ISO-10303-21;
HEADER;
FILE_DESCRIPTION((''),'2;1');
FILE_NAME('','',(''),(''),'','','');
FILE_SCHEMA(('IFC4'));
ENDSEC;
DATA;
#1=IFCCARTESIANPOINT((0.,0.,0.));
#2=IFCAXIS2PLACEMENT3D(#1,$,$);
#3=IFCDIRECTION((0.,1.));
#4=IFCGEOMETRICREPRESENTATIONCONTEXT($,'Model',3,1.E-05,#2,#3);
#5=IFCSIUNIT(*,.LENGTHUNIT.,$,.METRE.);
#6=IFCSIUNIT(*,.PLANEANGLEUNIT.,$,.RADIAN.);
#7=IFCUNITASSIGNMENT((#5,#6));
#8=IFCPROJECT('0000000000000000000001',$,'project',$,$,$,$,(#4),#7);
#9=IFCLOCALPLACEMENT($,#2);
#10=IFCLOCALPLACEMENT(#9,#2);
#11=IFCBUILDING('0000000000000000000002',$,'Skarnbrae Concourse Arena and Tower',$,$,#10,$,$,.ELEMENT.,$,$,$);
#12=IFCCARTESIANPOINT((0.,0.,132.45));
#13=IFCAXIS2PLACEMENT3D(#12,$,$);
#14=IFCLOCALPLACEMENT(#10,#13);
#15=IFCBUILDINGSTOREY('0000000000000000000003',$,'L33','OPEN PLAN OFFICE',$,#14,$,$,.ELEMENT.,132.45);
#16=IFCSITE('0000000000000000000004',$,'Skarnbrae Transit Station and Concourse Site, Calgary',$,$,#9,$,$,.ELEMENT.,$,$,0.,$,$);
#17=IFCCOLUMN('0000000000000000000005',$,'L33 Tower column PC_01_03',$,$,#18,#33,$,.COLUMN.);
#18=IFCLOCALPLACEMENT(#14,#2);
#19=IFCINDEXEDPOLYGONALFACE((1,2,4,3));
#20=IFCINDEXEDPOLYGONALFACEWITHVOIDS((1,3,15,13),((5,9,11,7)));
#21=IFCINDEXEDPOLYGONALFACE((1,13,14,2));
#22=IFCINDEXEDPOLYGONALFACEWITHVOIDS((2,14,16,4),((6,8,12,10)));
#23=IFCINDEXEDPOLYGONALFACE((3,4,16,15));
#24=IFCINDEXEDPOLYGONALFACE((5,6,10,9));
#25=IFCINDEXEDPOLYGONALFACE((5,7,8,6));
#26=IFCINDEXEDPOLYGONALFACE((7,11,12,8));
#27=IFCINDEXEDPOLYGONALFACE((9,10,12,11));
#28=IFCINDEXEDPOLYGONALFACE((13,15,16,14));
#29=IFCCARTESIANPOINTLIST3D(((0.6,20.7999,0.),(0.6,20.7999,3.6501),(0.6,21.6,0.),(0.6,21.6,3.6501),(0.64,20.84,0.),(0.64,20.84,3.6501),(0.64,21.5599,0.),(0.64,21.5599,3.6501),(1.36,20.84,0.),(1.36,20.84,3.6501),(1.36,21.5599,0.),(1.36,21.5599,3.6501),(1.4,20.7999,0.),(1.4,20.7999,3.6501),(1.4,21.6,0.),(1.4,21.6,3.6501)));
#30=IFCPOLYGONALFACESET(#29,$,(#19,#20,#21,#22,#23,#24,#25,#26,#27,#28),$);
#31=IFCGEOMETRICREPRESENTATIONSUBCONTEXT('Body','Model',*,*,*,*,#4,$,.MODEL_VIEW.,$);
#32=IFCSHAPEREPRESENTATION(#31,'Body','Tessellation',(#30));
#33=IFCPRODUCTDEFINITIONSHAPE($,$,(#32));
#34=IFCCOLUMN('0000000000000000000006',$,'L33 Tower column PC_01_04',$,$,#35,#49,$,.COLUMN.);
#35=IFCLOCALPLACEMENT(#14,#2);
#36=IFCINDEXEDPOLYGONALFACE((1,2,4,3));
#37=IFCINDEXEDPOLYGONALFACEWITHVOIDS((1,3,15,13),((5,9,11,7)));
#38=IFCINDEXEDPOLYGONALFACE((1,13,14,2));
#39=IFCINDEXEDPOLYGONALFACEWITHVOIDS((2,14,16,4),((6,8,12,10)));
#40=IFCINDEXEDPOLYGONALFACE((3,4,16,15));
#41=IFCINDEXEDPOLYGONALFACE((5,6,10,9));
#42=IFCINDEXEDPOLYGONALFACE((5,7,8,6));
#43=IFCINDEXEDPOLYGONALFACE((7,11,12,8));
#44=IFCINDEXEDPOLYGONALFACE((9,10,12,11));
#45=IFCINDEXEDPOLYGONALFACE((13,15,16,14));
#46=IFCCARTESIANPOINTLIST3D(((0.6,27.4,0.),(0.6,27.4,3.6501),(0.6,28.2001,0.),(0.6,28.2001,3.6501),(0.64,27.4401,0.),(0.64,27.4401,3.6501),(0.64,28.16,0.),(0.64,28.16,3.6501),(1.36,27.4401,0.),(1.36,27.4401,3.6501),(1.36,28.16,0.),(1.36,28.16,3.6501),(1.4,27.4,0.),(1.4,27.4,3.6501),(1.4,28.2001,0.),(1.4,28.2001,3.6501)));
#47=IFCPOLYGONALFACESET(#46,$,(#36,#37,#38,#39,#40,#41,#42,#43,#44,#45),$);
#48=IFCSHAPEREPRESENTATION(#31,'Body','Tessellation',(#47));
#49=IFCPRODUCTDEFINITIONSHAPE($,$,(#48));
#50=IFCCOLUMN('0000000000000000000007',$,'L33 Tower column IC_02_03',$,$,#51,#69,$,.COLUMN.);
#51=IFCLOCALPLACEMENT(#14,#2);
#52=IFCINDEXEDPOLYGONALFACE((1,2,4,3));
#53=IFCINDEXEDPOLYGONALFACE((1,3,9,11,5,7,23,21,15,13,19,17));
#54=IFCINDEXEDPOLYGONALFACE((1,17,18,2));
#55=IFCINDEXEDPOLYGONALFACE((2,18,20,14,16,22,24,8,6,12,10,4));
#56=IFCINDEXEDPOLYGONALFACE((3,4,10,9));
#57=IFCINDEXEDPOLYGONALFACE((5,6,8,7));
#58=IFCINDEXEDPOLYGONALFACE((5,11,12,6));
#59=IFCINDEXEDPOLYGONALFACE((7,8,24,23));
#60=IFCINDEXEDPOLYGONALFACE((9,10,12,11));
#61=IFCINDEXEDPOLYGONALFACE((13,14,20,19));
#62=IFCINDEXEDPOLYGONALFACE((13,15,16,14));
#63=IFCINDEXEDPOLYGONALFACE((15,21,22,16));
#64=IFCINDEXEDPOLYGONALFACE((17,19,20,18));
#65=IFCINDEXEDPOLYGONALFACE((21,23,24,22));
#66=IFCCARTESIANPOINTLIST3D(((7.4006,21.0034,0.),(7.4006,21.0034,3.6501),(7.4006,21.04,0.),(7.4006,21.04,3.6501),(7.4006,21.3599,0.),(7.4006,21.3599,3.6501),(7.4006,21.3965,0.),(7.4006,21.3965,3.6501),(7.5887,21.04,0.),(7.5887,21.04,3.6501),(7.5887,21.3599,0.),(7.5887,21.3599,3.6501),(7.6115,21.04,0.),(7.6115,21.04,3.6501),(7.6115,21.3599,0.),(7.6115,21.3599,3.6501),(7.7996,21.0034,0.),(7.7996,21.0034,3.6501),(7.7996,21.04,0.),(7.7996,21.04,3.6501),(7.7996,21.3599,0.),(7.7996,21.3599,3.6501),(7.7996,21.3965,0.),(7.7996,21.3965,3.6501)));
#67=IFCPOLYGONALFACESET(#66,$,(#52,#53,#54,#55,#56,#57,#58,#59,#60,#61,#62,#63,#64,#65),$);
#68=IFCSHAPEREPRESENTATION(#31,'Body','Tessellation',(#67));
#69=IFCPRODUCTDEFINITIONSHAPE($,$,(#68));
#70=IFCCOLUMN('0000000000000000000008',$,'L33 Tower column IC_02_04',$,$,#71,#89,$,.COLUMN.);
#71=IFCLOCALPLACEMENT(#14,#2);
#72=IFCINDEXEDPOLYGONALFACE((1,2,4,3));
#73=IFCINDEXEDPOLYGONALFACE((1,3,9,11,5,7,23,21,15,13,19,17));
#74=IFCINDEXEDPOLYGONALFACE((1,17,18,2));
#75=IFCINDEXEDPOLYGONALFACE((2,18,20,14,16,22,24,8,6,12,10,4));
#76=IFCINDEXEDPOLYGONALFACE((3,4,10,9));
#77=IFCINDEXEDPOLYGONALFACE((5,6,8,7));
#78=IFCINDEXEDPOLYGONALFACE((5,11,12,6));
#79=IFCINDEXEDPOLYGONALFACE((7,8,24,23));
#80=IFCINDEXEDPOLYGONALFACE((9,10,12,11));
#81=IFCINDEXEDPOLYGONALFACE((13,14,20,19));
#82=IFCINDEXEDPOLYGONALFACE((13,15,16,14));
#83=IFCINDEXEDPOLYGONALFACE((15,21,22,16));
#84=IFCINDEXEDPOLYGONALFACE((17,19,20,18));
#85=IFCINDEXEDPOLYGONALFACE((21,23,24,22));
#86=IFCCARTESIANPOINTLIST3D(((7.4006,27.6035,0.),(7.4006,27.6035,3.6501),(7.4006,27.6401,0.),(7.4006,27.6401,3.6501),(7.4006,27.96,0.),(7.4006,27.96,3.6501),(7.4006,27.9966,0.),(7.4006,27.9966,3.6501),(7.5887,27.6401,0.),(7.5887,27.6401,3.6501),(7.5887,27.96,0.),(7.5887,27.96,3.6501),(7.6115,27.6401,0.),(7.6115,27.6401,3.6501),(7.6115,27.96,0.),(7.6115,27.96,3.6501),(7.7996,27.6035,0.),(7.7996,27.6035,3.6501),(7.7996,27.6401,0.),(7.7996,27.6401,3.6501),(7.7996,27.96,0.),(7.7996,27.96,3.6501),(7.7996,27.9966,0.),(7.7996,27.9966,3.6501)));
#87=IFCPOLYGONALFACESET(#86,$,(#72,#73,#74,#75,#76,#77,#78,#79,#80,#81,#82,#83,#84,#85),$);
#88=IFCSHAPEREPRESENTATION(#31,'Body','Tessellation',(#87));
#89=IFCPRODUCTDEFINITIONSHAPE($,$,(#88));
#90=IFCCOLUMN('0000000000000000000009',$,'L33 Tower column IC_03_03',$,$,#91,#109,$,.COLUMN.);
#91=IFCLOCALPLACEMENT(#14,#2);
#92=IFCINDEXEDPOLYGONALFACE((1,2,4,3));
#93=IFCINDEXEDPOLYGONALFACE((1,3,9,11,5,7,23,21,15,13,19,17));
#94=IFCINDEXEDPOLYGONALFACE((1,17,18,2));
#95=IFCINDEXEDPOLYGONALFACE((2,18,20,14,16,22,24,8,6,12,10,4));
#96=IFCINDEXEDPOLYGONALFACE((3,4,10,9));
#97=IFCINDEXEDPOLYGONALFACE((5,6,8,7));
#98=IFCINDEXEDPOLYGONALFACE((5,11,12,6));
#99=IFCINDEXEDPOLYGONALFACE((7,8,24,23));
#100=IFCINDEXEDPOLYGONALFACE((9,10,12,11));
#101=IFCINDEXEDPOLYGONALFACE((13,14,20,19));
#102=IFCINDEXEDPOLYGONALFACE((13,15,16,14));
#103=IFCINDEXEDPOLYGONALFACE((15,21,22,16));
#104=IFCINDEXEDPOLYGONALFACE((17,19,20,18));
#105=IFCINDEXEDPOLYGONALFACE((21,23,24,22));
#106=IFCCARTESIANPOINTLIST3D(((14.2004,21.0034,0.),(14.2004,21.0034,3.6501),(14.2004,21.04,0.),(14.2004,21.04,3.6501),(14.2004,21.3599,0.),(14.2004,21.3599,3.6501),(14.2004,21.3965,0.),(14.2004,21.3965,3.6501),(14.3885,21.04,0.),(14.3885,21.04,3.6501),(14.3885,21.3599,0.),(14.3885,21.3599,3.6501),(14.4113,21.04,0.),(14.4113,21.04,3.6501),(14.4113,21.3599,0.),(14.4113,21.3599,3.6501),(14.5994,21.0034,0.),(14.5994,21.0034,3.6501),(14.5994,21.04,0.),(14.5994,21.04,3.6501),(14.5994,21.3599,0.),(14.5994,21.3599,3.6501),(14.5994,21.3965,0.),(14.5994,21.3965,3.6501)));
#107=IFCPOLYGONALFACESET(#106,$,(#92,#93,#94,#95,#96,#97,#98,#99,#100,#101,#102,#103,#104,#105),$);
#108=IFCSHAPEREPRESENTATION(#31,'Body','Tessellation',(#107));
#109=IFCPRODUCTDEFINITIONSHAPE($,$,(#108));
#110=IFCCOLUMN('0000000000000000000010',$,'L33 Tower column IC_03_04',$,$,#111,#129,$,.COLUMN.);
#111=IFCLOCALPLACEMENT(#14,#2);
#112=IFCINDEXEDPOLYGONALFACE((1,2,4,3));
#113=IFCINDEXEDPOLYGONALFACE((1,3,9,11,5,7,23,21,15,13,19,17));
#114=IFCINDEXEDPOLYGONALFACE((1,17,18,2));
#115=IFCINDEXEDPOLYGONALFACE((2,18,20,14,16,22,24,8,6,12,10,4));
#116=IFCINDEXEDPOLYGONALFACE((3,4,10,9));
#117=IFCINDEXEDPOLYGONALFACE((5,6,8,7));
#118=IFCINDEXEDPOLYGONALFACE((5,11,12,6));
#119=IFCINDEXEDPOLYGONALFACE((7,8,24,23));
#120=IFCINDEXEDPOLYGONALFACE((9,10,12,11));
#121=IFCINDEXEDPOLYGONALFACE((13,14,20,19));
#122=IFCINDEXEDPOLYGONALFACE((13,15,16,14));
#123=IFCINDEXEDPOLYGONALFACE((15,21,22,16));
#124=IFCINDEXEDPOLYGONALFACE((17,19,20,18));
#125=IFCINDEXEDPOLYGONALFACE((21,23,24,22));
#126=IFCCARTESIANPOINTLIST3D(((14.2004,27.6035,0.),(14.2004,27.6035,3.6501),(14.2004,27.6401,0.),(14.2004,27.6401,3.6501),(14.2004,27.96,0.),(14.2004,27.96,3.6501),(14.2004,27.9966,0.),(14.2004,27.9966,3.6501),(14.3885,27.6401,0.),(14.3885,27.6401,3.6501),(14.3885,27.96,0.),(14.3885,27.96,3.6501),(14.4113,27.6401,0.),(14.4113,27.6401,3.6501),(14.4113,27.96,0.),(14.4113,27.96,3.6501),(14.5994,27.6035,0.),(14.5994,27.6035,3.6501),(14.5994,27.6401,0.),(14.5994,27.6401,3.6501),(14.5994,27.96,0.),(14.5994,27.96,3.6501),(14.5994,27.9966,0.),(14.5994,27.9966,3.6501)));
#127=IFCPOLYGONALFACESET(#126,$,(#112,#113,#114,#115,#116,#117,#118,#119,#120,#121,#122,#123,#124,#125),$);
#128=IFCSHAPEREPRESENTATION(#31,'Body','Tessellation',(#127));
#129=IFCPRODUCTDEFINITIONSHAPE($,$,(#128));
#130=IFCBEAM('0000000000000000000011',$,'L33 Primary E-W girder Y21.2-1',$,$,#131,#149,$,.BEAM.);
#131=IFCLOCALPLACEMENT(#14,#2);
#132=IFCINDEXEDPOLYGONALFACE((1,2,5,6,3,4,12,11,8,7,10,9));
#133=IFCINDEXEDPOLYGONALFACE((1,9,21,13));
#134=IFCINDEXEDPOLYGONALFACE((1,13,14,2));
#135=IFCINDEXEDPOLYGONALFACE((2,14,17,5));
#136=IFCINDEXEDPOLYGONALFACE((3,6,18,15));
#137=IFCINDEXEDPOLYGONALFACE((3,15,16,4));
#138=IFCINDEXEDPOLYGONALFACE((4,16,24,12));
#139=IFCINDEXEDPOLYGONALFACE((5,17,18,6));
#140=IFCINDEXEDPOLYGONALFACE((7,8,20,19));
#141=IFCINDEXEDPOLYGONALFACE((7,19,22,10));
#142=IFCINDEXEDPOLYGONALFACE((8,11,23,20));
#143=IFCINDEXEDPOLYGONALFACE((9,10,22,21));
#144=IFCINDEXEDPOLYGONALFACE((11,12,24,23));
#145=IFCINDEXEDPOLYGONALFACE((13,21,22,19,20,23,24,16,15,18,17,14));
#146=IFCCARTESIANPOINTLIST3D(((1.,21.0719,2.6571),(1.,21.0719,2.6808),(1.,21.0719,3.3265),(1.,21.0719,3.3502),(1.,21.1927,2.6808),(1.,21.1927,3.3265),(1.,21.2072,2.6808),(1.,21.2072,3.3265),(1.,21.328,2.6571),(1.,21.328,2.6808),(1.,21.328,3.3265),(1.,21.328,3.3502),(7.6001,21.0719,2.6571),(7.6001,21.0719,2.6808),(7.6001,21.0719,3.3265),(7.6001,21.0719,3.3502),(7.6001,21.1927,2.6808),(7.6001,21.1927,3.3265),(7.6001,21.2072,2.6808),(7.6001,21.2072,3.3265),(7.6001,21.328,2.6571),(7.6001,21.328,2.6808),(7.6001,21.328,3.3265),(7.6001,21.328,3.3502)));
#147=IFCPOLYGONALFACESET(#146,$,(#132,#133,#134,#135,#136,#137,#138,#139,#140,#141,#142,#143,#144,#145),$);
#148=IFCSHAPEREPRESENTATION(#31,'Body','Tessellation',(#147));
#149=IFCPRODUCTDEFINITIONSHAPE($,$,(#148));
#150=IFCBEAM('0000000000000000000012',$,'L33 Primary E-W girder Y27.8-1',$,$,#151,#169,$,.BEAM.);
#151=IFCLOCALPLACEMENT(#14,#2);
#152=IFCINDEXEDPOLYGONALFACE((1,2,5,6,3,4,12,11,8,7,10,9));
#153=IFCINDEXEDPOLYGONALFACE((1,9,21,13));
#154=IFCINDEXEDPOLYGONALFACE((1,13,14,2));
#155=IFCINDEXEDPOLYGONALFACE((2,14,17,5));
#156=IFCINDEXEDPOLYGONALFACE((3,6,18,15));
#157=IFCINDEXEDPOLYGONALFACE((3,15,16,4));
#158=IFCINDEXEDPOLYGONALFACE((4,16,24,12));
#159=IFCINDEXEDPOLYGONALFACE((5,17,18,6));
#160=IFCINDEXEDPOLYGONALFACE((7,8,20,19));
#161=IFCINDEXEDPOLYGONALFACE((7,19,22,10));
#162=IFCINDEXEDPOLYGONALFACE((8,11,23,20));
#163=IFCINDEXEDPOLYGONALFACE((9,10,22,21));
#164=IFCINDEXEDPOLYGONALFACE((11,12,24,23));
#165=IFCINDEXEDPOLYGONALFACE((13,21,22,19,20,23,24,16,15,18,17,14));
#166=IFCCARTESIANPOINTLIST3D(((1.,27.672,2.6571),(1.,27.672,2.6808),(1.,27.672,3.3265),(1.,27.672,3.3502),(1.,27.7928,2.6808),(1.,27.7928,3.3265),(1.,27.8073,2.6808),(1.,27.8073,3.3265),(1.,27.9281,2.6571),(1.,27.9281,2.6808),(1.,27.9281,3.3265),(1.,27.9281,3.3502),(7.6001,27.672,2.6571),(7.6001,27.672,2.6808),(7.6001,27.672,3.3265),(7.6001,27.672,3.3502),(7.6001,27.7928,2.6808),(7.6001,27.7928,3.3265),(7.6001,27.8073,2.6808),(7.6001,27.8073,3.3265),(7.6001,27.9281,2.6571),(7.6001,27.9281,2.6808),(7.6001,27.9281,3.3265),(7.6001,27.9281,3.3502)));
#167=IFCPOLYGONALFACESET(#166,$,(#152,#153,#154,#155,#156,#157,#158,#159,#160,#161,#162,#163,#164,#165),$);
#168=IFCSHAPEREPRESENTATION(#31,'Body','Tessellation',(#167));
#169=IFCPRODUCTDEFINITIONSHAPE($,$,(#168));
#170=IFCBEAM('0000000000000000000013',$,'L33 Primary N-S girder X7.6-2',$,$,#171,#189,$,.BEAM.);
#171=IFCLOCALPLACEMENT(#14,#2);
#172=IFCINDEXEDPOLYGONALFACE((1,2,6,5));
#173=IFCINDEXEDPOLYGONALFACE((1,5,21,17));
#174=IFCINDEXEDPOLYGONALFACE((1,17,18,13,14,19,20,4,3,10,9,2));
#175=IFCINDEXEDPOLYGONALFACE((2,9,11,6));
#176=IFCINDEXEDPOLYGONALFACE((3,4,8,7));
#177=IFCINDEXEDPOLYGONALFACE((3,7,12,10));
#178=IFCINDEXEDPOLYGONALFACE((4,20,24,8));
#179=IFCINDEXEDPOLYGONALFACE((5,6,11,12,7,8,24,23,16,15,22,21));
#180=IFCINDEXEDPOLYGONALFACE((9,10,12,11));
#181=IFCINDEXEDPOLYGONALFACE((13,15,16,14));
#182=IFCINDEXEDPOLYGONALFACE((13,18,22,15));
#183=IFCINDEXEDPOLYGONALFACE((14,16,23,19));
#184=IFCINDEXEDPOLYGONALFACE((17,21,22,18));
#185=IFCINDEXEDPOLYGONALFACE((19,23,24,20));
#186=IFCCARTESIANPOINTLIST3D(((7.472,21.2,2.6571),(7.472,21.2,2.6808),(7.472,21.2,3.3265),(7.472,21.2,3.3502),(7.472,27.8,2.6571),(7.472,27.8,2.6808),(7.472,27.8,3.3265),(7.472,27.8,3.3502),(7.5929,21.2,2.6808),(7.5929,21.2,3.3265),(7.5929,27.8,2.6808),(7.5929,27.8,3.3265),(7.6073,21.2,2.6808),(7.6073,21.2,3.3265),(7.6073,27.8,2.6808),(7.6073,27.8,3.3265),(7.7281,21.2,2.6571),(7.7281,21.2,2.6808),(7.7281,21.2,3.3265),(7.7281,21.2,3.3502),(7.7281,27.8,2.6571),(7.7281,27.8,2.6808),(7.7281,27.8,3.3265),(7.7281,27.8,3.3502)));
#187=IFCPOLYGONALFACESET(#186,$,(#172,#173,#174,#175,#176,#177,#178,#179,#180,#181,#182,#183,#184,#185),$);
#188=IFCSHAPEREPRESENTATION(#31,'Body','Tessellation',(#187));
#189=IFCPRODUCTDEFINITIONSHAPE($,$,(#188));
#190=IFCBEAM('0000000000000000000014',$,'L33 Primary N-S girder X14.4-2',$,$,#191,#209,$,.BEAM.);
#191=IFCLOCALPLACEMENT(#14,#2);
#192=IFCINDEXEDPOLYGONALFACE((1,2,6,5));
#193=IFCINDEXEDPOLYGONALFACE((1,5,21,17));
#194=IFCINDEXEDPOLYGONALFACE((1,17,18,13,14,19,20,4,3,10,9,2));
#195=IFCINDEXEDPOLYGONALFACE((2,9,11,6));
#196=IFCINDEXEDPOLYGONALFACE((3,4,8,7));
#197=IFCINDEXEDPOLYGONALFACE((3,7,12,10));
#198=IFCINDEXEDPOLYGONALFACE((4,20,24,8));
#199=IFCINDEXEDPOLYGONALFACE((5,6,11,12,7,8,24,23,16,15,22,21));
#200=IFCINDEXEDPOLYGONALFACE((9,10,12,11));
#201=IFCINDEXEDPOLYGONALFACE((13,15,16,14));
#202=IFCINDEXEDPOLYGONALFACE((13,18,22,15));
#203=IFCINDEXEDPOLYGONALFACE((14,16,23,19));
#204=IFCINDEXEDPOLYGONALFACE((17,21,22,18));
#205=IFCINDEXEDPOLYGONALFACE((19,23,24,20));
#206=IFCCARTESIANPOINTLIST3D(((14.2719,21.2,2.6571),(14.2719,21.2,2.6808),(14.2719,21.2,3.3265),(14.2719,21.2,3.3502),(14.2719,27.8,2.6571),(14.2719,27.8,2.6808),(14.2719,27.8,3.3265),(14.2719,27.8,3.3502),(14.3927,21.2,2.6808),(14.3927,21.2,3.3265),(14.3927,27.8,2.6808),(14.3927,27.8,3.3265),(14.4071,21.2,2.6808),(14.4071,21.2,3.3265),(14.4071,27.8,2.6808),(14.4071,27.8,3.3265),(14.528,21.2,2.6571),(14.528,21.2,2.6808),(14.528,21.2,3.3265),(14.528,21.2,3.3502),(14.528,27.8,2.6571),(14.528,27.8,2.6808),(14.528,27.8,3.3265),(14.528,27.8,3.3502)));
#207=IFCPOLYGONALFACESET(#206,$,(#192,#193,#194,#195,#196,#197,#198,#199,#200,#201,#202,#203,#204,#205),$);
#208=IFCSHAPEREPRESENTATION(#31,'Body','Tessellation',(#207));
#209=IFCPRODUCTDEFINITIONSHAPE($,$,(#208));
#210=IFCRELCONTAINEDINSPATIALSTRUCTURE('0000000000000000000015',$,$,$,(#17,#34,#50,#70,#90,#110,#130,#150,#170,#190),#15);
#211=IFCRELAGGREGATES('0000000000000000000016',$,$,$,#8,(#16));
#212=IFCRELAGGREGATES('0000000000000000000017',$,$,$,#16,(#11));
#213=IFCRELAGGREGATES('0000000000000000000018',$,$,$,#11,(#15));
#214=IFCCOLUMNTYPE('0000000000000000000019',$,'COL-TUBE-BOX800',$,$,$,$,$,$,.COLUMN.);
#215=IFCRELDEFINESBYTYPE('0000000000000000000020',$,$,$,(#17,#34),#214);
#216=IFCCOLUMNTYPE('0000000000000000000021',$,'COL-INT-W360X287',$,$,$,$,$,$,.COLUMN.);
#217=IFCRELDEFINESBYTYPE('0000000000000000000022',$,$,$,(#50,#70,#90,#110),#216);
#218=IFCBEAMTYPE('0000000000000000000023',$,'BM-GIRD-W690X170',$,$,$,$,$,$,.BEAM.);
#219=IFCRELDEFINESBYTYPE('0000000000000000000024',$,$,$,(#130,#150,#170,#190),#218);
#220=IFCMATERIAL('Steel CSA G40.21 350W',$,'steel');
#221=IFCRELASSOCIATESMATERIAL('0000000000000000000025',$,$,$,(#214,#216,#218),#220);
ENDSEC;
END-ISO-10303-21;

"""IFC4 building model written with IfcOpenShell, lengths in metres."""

from ifc_helpers import new_model, si_unit, direction, frame, origin, origin_2d, place, context, subcontext, project, spatial, hollow_rectangle, i_section, extrude, source, transform, mapped, material, material_profile, profile_set, type_object, element, save


model = new_model("IFC4")

# Units and contexts
model_context = context("Model", 3, precision=1e-05, world=origin(), true_north=direction((0.0, 1.0)))
body_context = subcontext(model_context, "Body", "Model", "MODEL_VIEW")
ifc_project = project(units=[si_unit("LENGTHUNIT", "METRE"), si_unit("PLANEANGLEUNIT", "RADIAN")], contexts=[model_context])

# Site, building, storey
site_placement = place(None, origin())
site = spatial("IfcSite", under=ifc_project, at=site_placement, Name="Skarnbrae Transit Station and Concourse Site, Calgary", CompositionType="ELEMENT", RefElevation=0.0)
building_placement = place(site_placement, origin())
building = spatial("IfcBuilding", under=site, at=building_placement, Name="Skarnbrae Concourse Arena and Tower", CompositionType="ELEMENT")
storey_placement = place(building_placement, frame((0.0, 0.0, 132.45)))
storey = spatial("IfcBuildingStorey", under=building, at=storey_placement, Name="L33", Description="OPEN PLAN OFFICE", CompositionType="ELEMENT", Elevation=132.45)

# Columns
ifc_material_1 = material(Name="Steel CSA G40.21 350W", Category="steel")
ifc_material_profile_1 = material_profile(ifc_material_1, hollow_rectangle(XDim=0.8, YDim=0.8, WallThickness=0.04, at=origin_2d()), Name="BOX800X800X40")
ifc_profile_set_1 = profile_set([ifc_material_profile_1], Name="Steel CSA G40.21 350W")
column_type_1 = type_object("IfcColumnType", Name="COL-TUBE-BOX800", PredefinedType="COLUMN", material=ifc_profile_set_1)
shared_shape_1 = source(origin(), body_context, "Body", "SweptSolid", [
    extrude(hollow_rectangle(XDim=0.8, YDim=0.8, WallThickness=0.04, at=origin_2d()), origin(), (0.0, 0.0, 1.0), 3.6501),
])
for number, where, z_axis, x_axis, name in (
    (1, (1.0, 21.2, 0.0), (0.0, 0.0, 1.0), (1.0, 0.0, 0.0), "L33 Tower column PC_01_03"),
    (2, (1.0, 27.8, 0.0), (0.0, 0.0, 1.0), (1.0, 0.0, 0.0), "L33 Tower column PC_01_04"),
):
    element("IfcColumn", number, at=place(storey_placement, frame(where, z_axis=z_axis, x_axis=x_axis)), inside=storey, type_object=column_type_1, Name=name, PredefinedType="COLUMN", context=body_context, shape_type="MappedRepresentation", body=[
        mapped(shared_shape_1, transform((0.0, 0.0, 0.0))),
    ])
ifc_material_profile_2 = material_profile(ifc_material_1, i_section(OverallWidth=0.3989, OverallDepth=0.3931, WebThickness=0.0227, FlangeThickness=0.0366, at=origin_2d()), Name="W360X287")
ifc_profile_set_2 = profile_set([ifc_material_profile_2], Name="Steel CSA G40.21 350W")
column_type_2 = type_object("IfcColumnType", Name="COL-INT-W360X287", PredefinedType="COLUMN", material=ifc_profile_set_2)
shared_shape_2 = source(origin(), body_context, "Body", "SweptSolid", [
    extrude(i_section(OverallWidth=0.3989, OverallDepth=0.3931, WebThickness=0.0227, FlangeThickness=0.0366, at=origin_2d()), origin(), (0.0, 0.0, 1.0), 3.6501),
])
for number, where, z_axis, x_axis, name in (
    (3, (7.6001, 21.2, 0.0), (0.0, 0.0, 1.0), (1.0, 0.0, 0.0), "L33 Tower column IC_02_03"),
    (4, (7.6001, 27.8, 0.0), (0.0, 0.0, 1.0), (1.0, 0.0, 0.0), "L33 Tower column IC_02_04"),
    (5, (14.3999, 21.2, 0.0), (0.0, 0.0, 1.0), (1.0, 0.0, 0.0), "L33 Tower column IC_03_03"),
    (6, (14.3999, 27.8, 0.0), (0.0, 0.0, 1.0), (1.0, 0.0, 0.0), "L33 Tower column IC_03_04"),
):
    element("IfcColumn", number, at=place(storey_placement, frame(where, z_axis=z_axis, x_axis=x_axis)), inside=storey, type_object=column_type_2, Name=name, PredefinedType="COLUMN", context=body_context, shape_type="MappedRepresentation", body=[
        mapped(shared_shape_2, transform((0.0, 0.0, 0.0))),
    ])

# Beams
ifc_material_profile_3 = material_profile(ifc_material_1, i_section(OverallWidth=0.2561, OverallDepth=0.6931, WebThickness=0.0144, FlangeThickness=0.0237, at=origin_2d()), Name="W690X170")
ifc_profile_set_3 = profile_set([ifc_material_profile_3], Name="Steel CSA G40.21 350W")
beam_type_1 = type_object("IfcBeamType", Name="BM-GIRD-W690X170", PredefinedType="BEAM", material=ifc_profile_set_3)
shared_shape_3 = source(origin(), body_context, "Body", "SweptSolid", [
    extrude(i_section(OverallWidth=0.2561, OverallDepth=0.6931, WebThickness=0.0144, FlangeThickness=0.0237, at=origin_2d()), origin(), (0.0, 0.0, 1.0), 6.6001),
])
for number, where, z_axis, x_axis, name in (
    (7, (1.0, 21.2, 3.0037), (1.0, 0.0, 0.0), (0.0, 1.0, 0.0), "L33 Primary E-W girder Y21.2-1"),
    (8, (1.0, 27.8, 3.0037), (1.0, 0.0, 0.0), (0.0, 1.0, 0.0), "L33 Primary E-W girder Y27.8-1"),
    (9, (7.6001, 21.2, 3.0037), (0.0, 1.0, 0.0), (-1.0, 0.0, 0.0), "L33 Primary N-S girder X7.6-2"),
    (10, (14.3999, 21.2, 3.0037), (0.0, 1.0, 0.0), (-1.0, 0.0, 0.0), "L33 Primary N-S girder X14.4-2"),
):
    element("IfcBeam", number, at=place(storey_placement, frame(where, z_axis=z_axis, x_axis=x_axis)), inside=storey, type_object=beam_type_1, Name=name, PredefinedType="BEAM", context=body_context, shape_type="MappedRepresentation", body=[
        mapped(shared_shape_3, transform((0.0, 0.0, 0.0))),
    ])

save(model, "model.ifc")
